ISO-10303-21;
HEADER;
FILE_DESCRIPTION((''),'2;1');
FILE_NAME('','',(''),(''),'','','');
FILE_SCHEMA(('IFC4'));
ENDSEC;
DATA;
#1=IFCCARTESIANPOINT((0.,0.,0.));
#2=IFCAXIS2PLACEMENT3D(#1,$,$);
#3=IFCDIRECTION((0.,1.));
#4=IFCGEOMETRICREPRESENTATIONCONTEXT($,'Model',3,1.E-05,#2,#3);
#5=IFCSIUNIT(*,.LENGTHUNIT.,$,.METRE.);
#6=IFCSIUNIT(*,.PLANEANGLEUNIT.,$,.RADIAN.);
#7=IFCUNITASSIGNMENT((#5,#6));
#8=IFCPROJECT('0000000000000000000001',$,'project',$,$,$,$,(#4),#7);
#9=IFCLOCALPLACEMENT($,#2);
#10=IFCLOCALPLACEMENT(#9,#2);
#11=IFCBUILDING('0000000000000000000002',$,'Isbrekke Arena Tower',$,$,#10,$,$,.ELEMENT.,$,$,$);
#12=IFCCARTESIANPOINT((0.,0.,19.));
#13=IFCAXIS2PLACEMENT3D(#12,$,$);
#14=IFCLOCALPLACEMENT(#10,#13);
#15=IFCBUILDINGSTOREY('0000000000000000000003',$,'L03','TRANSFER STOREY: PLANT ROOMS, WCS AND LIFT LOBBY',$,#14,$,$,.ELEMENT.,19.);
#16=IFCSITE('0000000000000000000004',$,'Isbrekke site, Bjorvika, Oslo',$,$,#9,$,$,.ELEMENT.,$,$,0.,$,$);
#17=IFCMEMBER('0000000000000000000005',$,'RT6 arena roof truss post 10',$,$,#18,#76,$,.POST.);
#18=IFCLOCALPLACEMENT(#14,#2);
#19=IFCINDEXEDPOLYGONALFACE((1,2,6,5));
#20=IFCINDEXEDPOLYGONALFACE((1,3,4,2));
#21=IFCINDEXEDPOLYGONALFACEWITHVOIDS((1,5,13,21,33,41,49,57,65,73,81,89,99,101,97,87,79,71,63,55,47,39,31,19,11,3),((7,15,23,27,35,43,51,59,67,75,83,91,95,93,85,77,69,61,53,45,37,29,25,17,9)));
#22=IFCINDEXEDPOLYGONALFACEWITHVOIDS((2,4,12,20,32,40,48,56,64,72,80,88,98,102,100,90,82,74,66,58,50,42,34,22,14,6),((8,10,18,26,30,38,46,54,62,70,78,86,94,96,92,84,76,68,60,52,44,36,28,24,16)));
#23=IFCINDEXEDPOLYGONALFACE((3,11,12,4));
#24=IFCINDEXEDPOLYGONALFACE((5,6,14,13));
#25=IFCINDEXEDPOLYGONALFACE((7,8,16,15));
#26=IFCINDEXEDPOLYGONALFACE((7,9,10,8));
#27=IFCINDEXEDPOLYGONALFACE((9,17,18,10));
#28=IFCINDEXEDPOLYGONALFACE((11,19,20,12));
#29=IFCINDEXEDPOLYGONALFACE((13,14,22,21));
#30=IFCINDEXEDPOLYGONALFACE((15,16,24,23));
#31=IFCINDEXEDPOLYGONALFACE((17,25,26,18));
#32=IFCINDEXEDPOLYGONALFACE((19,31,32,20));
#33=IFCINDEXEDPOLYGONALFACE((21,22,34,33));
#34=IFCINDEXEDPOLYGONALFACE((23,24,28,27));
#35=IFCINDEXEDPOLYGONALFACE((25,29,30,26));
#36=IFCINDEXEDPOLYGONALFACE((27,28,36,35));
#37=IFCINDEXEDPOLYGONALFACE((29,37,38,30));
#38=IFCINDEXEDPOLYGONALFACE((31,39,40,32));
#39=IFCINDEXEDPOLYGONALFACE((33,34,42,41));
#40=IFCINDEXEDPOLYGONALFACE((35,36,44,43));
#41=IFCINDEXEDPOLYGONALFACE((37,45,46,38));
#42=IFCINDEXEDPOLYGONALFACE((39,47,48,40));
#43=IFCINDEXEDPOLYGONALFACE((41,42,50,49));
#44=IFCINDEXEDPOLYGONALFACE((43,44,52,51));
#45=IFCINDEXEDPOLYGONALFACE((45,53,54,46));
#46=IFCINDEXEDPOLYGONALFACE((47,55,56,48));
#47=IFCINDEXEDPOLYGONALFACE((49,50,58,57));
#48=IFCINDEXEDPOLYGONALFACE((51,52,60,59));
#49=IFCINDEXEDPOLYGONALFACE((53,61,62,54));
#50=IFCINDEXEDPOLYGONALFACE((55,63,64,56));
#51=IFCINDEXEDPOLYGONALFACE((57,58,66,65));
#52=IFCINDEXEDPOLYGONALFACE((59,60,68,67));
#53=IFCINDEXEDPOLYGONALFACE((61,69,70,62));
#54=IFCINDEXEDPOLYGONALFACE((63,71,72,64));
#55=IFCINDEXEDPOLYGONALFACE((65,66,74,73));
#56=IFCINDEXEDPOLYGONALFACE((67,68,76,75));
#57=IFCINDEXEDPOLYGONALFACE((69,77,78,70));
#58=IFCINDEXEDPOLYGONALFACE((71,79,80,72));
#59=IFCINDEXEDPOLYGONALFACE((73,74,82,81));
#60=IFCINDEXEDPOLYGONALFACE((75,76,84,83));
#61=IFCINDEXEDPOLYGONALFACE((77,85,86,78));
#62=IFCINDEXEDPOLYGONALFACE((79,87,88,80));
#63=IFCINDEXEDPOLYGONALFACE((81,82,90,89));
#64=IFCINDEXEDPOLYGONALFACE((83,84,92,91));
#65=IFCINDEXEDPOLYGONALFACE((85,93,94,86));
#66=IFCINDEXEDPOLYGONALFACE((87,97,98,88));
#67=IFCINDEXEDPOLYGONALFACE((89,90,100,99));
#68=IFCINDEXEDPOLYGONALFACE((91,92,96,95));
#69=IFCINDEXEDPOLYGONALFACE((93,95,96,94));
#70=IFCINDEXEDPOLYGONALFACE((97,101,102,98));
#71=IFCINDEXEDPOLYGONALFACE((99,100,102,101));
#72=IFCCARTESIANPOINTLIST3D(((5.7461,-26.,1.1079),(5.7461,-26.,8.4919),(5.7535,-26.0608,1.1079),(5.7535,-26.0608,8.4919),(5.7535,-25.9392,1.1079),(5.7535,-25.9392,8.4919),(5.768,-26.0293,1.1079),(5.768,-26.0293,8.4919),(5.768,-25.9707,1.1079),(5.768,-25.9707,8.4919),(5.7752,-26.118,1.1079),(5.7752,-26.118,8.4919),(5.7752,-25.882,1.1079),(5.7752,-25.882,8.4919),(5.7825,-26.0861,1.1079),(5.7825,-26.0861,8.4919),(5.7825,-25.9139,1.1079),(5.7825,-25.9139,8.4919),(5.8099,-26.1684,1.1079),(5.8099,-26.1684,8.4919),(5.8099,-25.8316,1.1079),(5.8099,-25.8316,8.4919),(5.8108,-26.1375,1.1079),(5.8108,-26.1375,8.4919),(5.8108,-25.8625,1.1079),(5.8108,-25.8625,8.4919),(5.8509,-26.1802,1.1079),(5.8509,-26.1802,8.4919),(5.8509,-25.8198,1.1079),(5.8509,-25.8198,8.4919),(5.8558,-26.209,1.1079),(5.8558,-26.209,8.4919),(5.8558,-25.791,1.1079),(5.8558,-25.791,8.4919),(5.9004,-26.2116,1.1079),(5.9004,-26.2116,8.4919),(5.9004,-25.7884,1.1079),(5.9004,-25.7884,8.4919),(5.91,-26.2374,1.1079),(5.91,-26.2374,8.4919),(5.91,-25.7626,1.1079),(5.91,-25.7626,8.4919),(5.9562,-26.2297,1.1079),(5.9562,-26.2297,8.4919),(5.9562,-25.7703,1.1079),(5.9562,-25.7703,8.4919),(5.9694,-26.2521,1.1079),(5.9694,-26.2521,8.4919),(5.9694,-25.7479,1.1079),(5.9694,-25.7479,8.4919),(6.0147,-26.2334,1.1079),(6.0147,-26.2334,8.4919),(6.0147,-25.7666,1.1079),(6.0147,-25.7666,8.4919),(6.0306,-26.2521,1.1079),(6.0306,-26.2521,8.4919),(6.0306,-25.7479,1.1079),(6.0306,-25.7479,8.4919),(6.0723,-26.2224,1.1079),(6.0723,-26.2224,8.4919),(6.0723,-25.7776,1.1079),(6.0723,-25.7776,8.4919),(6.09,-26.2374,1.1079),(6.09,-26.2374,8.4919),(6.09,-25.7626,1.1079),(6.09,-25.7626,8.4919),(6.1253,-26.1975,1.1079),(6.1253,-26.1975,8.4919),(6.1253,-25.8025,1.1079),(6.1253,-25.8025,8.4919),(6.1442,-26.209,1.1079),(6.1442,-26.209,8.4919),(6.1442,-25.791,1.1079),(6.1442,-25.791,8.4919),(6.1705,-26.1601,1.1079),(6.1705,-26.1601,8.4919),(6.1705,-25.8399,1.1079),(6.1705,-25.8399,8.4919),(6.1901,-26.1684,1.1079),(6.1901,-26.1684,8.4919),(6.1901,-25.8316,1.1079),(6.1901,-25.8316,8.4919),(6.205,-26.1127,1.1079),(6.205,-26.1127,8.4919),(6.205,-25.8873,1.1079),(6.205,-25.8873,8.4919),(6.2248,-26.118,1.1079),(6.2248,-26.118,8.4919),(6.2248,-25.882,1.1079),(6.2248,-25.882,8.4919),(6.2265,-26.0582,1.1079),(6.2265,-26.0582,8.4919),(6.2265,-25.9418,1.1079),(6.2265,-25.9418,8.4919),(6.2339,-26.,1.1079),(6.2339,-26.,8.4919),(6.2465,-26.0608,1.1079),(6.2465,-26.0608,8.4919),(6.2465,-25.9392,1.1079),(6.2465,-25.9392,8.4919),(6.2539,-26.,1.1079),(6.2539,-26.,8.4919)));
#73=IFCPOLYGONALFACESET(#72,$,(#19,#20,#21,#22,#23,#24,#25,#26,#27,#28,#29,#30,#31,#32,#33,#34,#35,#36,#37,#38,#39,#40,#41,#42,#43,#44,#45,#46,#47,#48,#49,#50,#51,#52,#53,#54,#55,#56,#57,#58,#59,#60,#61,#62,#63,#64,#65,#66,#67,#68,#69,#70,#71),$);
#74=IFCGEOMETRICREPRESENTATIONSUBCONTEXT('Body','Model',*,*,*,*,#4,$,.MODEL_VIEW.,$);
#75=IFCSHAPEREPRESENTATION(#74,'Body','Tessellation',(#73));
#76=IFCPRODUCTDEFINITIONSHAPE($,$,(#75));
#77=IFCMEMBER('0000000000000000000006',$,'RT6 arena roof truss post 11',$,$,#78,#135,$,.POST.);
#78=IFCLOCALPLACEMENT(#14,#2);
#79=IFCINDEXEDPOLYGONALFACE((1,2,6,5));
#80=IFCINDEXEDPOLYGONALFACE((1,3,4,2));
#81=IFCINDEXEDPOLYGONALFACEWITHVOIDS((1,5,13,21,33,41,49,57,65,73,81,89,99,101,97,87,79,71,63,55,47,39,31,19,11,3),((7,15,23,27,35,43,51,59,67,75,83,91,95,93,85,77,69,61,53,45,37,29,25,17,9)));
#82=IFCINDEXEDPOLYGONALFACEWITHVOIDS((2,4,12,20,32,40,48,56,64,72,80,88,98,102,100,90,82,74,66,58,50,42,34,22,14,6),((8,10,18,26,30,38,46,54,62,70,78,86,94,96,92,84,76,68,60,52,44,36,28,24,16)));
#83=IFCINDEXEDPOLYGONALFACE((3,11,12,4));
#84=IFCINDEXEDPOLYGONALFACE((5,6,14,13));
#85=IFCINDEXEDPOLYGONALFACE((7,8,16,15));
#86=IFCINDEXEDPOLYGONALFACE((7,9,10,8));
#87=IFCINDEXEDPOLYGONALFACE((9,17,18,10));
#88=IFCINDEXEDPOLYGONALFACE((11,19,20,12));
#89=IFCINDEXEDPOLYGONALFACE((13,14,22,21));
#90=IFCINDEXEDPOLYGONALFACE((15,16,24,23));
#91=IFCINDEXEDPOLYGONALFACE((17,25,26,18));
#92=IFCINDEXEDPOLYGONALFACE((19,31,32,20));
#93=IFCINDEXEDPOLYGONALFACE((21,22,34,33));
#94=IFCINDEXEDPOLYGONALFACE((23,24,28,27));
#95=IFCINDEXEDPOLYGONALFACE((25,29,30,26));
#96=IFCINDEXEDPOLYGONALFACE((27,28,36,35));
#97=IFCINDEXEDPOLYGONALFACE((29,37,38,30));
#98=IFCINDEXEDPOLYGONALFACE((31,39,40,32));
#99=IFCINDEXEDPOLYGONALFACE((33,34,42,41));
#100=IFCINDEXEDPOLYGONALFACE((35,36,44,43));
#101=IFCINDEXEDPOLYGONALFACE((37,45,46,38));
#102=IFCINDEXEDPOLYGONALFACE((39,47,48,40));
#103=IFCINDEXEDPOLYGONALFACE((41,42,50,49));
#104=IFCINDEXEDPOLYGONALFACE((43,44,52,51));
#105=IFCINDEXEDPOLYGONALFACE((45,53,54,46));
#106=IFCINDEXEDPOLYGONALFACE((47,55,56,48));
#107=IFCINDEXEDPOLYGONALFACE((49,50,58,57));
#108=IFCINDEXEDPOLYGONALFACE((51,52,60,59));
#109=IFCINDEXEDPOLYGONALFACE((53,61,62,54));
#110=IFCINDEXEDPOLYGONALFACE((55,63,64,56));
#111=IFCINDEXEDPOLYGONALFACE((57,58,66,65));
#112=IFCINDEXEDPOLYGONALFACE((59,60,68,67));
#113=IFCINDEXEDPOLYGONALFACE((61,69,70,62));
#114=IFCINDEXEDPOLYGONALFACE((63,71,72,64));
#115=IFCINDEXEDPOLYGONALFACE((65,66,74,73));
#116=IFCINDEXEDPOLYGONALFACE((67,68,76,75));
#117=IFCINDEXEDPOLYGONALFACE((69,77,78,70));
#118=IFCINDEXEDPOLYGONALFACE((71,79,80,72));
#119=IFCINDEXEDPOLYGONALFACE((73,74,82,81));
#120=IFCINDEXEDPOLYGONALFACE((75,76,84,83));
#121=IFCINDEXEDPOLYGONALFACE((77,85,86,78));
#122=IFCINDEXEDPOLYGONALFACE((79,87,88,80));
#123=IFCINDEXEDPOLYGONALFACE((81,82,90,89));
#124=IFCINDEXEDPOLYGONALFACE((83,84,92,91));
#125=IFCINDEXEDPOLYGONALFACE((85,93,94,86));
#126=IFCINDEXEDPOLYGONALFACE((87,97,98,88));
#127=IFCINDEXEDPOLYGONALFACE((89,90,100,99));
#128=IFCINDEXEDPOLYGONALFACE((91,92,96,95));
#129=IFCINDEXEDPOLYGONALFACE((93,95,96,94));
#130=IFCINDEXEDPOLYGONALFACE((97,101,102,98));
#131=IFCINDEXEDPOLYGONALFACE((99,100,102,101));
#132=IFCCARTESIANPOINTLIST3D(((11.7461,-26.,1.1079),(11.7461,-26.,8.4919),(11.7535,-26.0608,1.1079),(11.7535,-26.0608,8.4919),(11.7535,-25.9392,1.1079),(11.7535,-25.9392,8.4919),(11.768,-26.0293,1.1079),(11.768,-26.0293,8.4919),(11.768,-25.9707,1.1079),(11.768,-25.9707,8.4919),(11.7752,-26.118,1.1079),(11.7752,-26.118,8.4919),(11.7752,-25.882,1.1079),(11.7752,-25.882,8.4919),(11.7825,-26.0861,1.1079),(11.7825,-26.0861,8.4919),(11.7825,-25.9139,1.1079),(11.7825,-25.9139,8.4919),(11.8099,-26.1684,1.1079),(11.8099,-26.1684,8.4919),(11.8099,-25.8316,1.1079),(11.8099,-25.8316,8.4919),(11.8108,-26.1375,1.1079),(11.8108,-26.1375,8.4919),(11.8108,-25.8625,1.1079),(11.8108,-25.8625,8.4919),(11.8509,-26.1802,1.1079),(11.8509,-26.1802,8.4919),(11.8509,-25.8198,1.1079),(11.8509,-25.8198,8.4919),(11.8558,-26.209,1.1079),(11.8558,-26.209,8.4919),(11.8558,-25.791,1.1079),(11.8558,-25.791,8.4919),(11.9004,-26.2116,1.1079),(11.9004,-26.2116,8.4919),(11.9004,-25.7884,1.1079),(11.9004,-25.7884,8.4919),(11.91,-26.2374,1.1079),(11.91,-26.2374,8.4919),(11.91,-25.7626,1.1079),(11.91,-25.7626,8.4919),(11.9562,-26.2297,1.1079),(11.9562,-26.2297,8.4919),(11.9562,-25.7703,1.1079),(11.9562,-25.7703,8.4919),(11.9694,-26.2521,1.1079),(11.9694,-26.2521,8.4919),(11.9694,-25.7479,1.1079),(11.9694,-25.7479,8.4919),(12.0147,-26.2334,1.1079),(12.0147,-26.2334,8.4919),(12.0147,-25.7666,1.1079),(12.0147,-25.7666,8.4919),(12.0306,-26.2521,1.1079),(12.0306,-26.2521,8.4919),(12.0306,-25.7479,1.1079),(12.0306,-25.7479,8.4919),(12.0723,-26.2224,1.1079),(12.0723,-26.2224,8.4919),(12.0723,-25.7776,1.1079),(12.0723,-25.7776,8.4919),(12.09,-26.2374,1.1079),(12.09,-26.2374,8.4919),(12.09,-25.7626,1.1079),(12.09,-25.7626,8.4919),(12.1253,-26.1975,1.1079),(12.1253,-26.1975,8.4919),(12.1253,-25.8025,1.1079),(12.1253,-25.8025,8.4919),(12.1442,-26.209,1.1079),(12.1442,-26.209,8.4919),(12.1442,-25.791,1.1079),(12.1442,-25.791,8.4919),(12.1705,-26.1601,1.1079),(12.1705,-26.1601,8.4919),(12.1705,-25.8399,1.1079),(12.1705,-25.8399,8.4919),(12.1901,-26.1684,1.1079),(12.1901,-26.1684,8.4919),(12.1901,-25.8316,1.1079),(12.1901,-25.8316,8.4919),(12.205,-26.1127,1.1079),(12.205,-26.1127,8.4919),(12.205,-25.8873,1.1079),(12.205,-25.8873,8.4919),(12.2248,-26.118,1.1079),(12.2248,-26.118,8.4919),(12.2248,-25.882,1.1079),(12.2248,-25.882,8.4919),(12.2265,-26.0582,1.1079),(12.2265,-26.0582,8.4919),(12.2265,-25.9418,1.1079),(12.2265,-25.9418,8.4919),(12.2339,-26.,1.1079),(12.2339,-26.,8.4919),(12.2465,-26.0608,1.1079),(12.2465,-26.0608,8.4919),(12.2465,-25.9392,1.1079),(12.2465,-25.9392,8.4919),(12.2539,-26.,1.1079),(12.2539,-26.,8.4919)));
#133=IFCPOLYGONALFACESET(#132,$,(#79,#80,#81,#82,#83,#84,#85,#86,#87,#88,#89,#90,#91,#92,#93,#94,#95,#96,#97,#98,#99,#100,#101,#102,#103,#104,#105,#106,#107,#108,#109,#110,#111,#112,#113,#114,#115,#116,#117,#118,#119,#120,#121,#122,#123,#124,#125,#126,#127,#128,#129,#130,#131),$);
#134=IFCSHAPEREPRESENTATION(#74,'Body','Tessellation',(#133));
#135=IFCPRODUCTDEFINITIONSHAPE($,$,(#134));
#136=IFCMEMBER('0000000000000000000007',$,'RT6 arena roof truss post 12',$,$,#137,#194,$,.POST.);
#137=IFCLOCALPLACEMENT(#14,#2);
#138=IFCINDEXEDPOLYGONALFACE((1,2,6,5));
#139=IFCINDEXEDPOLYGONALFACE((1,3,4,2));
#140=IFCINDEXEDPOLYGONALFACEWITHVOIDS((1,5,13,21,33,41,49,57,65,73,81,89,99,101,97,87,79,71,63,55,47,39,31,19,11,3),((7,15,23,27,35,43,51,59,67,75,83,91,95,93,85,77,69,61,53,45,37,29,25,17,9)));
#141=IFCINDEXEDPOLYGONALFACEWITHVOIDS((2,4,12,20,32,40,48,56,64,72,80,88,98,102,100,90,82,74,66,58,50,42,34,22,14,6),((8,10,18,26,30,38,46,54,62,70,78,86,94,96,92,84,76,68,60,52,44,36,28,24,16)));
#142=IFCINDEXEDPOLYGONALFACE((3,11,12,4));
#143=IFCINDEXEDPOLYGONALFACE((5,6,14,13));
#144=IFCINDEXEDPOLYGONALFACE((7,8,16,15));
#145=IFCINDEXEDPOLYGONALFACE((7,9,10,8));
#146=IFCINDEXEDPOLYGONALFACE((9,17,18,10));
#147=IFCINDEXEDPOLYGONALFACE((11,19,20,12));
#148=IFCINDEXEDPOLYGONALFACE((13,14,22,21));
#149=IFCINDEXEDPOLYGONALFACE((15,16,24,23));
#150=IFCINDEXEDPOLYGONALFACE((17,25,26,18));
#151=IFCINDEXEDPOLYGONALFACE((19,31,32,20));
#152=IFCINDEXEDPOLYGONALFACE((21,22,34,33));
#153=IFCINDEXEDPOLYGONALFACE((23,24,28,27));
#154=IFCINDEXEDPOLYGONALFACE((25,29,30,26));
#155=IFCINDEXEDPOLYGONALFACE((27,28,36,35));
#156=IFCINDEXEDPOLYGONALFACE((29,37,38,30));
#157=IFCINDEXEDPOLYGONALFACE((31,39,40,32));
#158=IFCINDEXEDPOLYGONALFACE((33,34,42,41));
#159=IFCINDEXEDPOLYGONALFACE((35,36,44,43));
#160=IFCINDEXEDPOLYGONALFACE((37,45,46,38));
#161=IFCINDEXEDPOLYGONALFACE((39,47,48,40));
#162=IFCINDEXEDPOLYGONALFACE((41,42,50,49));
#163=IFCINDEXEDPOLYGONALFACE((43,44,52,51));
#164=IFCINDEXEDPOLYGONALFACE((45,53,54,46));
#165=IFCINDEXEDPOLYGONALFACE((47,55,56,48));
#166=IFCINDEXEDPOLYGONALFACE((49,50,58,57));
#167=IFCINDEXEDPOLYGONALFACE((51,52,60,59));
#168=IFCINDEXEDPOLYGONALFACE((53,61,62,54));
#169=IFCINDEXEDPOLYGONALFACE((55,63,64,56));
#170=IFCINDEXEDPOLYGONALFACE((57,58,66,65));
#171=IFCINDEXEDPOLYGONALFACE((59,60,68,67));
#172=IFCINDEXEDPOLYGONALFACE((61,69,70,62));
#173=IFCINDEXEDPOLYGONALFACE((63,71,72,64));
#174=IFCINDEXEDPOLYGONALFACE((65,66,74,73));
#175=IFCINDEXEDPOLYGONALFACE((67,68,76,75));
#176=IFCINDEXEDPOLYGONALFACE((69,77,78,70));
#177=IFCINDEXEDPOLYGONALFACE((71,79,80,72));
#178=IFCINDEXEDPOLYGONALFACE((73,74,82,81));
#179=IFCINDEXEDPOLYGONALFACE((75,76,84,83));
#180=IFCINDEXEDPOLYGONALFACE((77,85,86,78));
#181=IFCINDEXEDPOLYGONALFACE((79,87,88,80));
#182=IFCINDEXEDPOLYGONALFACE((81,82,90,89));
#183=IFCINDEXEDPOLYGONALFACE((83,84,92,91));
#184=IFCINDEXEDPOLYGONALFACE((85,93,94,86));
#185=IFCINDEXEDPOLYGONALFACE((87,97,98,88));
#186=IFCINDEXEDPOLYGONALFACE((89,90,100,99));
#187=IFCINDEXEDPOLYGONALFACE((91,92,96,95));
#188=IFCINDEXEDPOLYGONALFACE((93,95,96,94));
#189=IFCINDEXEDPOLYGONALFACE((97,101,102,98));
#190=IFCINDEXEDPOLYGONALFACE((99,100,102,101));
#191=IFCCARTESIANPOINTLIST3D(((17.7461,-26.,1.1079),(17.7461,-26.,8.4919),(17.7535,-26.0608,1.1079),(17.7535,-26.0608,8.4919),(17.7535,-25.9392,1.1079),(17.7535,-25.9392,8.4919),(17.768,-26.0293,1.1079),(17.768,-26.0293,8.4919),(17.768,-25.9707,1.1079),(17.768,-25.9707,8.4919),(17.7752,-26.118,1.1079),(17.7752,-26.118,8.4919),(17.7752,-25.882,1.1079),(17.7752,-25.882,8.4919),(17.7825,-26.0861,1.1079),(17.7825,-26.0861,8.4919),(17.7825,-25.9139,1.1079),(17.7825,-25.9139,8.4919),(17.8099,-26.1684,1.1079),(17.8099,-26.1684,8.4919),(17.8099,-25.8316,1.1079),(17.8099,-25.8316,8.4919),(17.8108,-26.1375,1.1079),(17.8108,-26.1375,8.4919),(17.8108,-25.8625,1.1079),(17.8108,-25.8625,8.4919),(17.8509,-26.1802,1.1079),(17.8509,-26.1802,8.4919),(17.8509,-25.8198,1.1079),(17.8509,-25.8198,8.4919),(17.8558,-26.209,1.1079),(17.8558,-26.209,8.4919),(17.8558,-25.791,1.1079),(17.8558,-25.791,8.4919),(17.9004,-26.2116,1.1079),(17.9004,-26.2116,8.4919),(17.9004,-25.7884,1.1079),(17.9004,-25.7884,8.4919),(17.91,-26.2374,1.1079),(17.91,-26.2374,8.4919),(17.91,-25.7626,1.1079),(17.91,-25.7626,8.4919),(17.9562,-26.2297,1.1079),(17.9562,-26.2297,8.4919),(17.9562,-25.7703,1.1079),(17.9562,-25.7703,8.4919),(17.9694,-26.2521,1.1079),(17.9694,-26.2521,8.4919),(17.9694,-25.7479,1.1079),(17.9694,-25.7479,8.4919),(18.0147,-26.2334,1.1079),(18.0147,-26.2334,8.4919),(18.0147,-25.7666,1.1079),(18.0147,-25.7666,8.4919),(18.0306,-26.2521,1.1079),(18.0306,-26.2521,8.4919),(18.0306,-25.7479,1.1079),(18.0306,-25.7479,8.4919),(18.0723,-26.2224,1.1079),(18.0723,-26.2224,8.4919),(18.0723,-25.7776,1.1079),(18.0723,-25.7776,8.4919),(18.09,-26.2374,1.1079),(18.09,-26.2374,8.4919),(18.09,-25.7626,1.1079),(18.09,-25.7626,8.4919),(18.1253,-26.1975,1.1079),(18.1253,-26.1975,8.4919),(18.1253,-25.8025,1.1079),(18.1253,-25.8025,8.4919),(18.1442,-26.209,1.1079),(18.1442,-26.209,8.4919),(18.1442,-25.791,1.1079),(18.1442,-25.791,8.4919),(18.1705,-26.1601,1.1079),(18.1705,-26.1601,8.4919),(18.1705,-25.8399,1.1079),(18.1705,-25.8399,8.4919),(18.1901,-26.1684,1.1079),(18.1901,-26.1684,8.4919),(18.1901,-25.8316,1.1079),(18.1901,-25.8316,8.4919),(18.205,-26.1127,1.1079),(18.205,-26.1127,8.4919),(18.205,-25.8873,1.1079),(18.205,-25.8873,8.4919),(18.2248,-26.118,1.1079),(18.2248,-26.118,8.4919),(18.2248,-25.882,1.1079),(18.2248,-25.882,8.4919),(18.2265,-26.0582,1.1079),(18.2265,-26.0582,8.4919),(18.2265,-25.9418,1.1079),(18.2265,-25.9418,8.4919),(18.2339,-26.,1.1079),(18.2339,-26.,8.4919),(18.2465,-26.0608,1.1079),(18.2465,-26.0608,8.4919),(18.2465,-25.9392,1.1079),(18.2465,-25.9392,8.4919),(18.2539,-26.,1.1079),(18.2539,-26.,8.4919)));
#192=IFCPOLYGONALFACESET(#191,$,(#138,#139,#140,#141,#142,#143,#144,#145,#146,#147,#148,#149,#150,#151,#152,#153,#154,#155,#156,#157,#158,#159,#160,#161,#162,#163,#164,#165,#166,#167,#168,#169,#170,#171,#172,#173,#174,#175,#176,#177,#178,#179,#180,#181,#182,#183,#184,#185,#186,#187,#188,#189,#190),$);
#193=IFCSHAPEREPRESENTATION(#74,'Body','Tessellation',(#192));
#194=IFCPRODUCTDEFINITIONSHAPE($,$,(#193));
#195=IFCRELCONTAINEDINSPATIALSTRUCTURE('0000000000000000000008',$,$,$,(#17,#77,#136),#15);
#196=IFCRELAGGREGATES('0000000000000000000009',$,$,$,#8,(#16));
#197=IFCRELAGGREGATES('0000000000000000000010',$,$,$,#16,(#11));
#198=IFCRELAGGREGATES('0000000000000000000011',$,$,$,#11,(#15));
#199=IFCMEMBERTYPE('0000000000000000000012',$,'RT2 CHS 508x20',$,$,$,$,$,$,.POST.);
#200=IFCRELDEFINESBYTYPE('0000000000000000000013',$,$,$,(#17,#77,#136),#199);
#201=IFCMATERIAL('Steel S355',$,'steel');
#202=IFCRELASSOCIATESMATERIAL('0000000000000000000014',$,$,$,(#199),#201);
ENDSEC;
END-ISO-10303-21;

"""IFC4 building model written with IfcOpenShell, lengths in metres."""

from ifc_helpers import new_model, si_unit, direction, frame, origin, origin_2d, place, context, subcontext, project, spatial, hollow_circle, extrude, material, material_profile, profile_set, type_object, element, save


model = new_model("IFC4")

# Units and contexts
model_context = context("Model", 3, precision=1e-05, world=origin(), true_north=direction((0.0, 1.0)))
body_context = subcontext(model_context, "Body", "Model", "MODEL_VIEW")
ifc_project = project(units=[si_unit("LENGTHUNIT", "METRE"), si_unit("PLANEANGLEUNIT", "RADIAN")], contexts=[model_context])

# Site, building, storey
site_placement = place(None, origin())
site = spatial("IfcSite", under=ifc_project, at=site_placement, Name="Isbrekke site, Bjorvika, Oslo", CompositionType="ELEMENT", RefElevation=0.0)
building_placement = place(site_placement, origin())
building = spatial("IfcBuilding", under=site, at=building_placement, Name="Isbrekke Arena Tower", CompositionType="ELEMENT")
storey_placement = place(building_placement, frame((0.0, 0.0, 19.0)))
storey = spatial("IfcBuildingStorey", under=building, at=storey_placement, Name="L03", Description="TRANSFER STOREY: PLANT ROOMS, WCS AND LIFT LOBBY", CompositionType="ELEMENT", Elevation=19.0)

# Members
ifc_material_1 = material(Name="Steel S355", Category="steel")
ifc_material_profile_1 = material_profile(ifc_material_1, hollow_circle(Radius=0.2539, WallThickness=0.02, at=origin_2d()), Name="CHS 508x20")
ifc_profile_set_1 = profile_set([ifc_material_profile_1], Name="Steel S355")
member_type_1 = type_object("IfcMemberType", Name="RT2 CHS 508x20", PredefinedType="POST", material=ifc_profile_set_1)
for number, where, z_axis, x_axis, name in (
    (1, (6.0, -26.0, 1.1079), (0.0, 0.0, 1.0), (1.0, 0.0, 0.0), "RT6 arena roof truss post 10"),
    (2, (12.0, -26.0, 1.1079), (0.0, 0.0, 1.0), (1.0, 0.0, 0.0), "RT6 arena roof truss post 11"),
    (3, (18.0, -26.0, 1.1079), (0.0, 0.0, 1.0), (1.0, 0.0, 0.0), "RT6 arena roof truss post 12"),
):
    element("IfcMember", number, at=place(storey_placement, frame(where, z_axis=z_axis, x_axis=x_axis)), inside=storey, type_object=member_type_1, Name=name, PredefinedType="POST", context=body_context, shape_type="SweptSolid", body=[
        extrude(hollow_circle(Radius=0.2539, WallThickness=0.02, at=origin_2d()), origin(), (0.0, 0.0, 1.0), 7.384),
    ])

save(model, "model.ifc")
